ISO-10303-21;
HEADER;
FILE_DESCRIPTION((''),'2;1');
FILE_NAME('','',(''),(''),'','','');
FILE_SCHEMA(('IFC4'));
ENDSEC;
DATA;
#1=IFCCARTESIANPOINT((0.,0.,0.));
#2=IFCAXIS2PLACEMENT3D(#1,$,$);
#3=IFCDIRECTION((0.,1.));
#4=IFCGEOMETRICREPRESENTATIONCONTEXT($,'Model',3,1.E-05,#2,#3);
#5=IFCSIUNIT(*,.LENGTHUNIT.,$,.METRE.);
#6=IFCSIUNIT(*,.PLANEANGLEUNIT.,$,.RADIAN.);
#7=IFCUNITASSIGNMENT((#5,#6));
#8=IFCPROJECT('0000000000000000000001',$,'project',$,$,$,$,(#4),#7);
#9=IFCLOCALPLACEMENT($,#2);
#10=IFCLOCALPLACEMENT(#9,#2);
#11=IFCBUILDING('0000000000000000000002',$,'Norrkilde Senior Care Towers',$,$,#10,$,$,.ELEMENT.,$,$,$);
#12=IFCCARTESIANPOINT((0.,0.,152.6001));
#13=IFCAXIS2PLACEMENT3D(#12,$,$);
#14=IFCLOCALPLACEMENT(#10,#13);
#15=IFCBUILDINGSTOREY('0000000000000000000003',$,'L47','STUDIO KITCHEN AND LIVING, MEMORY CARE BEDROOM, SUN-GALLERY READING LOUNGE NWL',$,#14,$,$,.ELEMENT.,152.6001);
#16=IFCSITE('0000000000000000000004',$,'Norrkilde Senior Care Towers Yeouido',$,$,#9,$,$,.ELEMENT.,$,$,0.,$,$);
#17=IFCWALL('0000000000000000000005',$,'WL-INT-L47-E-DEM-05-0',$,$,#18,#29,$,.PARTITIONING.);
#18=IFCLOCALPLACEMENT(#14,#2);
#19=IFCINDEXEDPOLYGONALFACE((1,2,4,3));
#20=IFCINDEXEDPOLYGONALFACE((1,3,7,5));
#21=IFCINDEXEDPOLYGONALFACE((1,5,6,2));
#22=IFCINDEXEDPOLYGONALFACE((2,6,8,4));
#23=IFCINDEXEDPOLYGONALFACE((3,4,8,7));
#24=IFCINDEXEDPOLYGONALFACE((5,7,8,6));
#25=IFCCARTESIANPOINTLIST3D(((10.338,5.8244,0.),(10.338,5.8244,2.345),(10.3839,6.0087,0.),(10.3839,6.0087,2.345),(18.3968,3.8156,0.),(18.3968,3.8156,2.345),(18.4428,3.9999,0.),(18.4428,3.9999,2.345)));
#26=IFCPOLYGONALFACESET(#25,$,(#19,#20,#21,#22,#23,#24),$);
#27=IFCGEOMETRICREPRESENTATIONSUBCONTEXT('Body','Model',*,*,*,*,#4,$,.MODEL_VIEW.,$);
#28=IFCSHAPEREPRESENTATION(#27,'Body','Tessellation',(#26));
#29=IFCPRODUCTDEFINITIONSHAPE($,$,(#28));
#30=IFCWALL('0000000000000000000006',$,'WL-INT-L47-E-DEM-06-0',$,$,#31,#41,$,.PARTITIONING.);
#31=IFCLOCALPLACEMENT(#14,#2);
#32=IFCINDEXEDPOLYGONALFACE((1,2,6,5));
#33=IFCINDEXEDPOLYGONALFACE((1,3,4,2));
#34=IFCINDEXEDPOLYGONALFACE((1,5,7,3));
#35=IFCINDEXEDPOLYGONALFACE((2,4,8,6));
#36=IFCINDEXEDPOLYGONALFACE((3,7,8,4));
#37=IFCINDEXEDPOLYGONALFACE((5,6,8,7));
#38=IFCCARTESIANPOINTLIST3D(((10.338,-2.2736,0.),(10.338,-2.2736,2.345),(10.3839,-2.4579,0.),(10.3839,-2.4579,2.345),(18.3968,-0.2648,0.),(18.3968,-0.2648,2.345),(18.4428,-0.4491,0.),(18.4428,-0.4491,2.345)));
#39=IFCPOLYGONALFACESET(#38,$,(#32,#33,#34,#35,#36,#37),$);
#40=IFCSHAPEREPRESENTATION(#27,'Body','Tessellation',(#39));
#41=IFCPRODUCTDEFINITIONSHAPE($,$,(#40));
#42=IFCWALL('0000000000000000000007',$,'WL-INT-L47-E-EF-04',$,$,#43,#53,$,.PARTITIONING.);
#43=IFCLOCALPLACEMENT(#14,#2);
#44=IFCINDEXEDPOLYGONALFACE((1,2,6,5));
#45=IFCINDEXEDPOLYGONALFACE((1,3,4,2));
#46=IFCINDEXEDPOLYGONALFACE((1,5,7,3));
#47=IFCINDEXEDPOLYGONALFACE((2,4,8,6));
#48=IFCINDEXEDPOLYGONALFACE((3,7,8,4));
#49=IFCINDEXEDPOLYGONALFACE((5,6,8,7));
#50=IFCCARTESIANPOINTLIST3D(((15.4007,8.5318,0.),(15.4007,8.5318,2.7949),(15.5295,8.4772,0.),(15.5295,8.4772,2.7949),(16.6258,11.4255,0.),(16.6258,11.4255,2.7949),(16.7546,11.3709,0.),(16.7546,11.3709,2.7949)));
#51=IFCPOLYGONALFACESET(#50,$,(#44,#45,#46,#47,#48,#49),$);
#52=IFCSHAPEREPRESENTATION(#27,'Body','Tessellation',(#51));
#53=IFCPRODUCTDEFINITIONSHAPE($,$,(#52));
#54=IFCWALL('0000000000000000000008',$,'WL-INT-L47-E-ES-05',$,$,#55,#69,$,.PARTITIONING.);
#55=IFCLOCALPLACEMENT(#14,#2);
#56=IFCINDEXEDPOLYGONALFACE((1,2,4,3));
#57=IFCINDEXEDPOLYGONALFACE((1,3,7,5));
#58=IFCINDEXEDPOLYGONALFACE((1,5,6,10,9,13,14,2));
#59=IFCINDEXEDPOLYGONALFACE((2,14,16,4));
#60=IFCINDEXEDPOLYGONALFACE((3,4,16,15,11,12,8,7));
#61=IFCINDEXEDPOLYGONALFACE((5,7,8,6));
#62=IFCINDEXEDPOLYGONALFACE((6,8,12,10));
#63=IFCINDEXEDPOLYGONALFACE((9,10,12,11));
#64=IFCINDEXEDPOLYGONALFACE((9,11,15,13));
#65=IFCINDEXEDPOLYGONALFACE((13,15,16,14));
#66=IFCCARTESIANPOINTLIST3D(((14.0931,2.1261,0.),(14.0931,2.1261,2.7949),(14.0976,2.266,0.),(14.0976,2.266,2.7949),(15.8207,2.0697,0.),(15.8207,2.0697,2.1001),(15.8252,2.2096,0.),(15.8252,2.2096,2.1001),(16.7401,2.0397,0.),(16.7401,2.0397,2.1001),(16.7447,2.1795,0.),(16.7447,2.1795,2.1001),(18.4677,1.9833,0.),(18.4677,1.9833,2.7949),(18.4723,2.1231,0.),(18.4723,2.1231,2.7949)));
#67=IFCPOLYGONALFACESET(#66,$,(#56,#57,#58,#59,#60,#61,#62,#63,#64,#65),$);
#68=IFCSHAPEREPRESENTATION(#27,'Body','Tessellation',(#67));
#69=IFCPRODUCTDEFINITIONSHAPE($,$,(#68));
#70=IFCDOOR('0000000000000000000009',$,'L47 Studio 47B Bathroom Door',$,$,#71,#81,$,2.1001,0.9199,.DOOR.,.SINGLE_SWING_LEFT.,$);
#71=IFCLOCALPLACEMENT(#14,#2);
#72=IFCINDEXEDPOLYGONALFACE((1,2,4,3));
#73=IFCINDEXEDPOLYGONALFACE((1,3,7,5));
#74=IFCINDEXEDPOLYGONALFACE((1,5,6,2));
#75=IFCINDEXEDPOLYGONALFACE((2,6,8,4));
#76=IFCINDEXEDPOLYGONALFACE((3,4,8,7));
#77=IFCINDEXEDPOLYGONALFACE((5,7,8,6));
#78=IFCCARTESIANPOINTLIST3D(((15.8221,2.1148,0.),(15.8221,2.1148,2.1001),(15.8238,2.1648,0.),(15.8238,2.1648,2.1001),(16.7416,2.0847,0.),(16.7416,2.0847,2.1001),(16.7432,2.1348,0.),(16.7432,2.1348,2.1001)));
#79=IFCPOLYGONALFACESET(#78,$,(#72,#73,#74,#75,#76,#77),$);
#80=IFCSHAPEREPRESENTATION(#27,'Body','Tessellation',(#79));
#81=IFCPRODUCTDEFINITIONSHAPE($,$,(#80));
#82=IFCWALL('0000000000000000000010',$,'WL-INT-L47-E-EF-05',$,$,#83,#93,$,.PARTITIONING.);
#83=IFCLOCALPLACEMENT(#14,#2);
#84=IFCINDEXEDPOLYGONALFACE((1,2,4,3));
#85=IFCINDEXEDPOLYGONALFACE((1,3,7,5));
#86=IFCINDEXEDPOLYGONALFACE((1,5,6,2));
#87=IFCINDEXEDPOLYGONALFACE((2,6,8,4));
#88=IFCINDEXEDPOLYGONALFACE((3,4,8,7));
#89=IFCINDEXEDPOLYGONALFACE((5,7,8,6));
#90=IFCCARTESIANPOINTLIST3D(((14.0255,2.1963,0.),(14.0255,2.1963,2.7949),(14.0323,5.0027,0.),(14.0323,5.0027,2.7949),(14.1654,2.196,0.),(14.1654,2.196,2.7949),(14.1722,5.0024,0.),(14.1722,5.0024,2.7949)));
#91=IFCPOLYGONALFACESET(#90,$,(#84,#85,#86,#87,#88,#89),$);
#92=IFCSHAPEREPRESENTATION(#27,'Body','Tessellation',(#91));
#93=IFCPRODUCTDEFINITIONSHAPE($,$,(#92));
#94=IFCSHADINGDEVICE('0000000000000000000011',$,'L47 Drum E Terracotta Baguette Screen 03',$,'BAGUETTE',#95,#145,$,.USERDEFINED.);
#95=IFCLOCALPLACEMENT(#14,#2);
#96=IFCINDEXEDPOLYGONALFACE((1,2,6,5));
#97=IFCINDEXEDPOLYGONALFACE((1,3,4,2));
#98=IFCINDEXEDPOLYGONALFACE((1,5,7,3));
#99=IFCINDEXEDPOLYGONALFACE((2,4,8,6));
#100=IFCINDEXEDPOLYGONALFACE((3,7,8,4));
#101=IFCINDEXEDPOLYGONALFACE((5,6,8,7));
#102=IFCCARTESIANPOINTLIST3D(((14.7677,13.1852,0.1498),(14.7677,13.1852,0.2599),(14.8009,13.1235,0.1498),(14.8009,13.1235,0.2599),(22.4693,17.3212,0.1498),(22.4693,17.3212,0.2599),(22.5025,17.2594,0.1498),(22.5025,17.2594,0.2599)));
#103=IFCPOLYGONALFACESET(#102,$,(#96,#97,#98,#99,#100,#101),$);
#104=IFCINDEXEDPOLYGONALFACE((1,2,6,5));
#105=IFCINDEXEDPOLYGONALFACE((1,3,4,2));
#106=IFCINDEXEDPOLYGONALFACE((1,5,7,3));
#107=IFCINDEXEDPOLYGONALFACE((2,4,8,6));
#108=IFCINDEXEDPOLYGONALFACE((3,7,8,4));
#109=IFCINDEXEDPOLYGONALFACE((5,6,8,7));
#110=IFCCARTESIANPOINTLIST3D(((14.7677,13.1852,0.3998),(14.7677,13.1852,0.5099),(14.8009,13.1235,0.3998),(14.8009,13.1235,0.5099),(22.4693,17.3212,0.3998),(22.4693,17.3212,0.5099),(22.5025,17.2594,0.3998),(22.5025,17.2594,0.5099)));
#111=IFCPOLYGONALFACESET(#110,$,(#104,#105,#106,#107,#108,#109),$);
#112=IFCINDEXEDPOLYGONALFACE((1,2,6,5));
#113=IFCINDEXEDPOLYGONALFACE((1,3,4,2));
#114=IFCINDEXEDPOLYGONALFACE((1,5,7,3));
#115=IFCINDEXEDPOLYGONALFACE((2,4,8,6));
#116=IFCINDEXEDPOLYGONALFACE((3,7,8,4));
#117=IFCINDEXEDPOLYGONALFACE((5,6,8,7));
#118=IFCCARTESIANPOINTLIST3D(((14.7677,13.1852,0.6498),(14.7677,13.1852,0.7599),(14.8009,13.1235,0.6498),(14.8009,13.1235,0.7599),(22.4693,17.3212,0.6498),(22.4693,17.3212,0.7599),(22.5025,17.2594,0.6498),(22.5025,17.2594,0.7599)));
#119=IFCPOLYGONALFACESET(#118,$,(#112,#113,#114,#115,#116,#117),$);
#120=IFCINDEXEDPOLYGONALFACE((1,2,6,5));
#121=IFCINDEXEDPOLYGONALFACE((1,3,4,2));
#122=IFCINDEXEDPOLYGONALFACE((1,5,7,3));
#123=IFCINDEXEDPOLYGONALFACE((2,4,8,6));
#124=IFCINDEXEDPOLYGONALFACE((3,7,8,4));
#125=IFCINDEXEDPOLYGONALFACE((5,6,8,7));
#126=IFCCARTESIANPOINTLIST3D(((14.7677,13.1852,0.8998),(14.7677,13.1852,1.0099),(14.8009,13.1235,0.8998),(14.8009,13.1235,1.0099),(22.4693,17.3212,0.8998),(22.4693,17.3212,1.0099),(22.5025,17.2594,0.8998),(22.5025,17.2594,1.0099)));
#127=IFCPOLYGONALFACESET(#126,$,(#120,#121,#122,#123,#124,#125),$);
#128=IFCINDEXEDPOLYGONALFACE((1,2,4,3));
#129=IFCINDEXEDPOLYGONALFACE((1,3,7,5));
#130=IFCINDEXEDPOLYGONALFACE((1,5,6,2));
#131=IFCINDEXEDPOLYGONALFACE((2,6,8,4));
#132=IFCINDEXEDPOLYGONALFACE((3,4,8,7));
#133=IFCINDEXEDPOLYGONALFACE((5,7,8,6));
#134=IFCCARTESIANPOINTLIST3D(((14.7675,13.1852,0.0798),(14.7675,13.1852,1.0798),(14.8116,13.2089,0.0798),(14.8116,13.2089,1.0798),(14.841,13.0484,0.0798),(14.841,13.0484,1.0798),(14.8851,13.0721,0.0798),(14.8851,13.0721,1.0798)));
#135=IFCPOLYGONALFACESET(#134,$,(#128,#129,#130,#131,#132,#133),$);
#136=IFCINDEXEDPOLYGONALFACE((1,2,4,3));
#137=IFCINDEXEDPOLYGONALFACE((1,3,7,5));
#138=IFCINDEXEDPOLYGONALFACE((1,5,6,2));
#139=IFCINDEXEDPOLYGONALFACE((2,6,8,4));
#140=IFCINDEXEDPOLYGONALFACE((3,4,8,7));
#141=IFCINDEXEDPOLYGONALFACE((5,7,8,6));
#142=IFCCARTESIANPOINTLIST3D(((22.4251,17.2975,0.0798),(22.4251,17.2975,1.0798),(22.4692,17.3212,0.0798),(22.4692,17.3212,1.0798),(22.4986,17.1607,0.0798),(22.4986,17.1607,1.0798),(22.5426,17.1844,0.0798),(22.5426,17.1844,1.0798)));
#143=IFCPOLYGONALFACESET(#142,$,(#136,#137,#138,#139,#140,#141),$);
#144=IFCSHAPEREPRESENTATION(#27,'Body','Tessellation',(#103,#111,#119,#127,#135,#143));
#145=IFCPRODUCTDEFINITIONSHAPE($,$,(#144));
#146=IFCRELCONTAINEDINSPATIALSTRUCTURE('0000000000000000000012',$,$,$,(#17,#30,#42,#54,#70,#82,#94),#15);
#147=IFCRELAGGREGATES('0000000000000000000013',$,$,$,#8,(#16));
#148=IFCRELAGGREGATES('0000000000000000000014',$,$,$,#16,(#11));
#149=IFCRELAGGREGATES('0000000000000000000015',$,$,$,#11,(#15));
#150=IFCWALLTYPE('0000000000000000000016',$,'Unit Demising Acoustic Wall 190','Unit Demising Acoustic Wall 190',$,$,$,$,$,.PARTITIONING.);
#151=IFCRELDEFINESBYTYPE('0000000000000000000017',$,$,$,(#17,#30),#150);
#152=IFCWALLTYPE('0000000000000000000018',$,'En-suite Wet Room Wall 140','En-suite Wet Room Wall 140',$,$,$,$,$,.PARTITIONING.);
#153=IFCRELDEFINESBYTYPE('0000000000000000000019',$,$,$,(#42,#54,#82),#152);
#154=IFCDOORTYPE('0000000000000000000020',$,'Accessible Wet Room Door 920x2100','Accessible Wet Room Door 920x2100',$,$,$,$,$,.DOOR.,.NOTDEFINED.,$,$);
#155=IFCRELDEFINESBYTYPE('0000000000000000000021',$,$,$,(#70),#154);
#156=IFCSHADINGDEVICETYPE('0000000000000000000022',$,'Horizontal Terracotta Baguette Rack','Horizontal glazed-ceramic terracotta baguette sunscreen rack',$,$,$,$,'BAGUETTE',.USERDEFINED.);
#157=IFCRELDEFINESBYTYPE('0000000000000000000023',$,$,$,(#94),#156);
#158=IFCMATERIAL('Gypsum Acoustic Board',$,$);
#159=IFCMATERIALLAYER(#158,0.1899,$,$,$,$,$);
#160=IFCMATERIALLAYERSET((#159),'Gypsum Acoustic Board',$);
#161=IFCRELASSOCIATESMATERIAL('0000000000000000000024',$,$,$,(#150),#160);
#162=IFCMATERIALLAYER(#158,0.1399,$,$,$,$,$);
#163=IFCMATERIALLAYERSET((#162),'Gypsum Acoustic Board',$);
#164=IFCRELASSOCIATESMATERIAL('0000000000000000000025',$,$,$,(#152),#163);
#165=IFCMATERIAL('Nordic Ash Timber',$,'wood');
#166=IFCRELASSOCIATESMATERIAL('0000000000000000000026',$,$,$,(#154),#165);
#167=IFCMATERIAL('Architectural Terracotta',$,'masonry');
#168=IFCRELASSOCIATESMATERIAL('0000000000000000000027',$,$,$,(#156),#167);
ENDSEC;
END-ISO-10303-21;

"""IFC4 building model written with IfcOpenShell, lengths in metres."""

from ifc_helpers import new_model, si_unit, direction, frame, frame_2d, origin, origin_2d, place, context, subcontext, project, spatial, rectangle, extrude, source, transform, mapped, material, layer, layer_set, type_object, type_shapes, element, fill, save


model = new_model("IFC4")

# Units and contexts
model_context = context("Model", 3, precision=1e-05, world=origin(), true_north=direction((0.0, 1.0)))
body_context = subcontext(model_context, "Body", "Model", "MODEL_VIEW")
ifc_project = project(units=[si_unit("LENGTHUNIT", "METRE"), si_unit("PLANEANGLEUNIT", "RADIAN")], contexts=[model_context])

# Site, building, storey
site_placement = place(None, origin())
site = spatial("IfcSite", under=ifc_project, at=site_placement, Name="Norrkilde Senior Care Towers Yeouido", CompositionType="ELEMENT", RefElevation=0.0)
building_placement = place(site_placement, origin())
building = spatial("IfcBuilding", under=site, at=building_placement, Name="Norrkilde Senior Care Towers", CompositionType="ELEMENT")
storey_placement = place(building_placement, frame((0.0, 0.0, 152.6001)))
storey = spatial("IfcBuildingStorey", under=building, at=storey_placement, Name="L47", Description="STUDIO KITCHEN AND LIVING, MEMORY CARE BEDROOM, SUN-GALLERY READING LOUNGE NWL", CompositionType="ELEMENT", Elevation=152.6001)

# Walls
ifc_material_1 = material(Name="Gypsum Acoustic Board")
ifc_layer_1 = layer(ifc_material_1, 0.1899)
ifc_layer_set_1 = layer_set([ifc_layer_1], Name="Gypsum Acoustic Board")
wall_type_1 = type_object("IfcWallType", Name="Unit Demising Acoustic Wall 190", Description="Unit Demising Acoustic Wall 190", PredefinedType="PARTITIONING", material=ifc_layer_set_1)
shared_shape_1 = source(origin(), body_context, "Body", "SweptSolid", [
    extrude(rectangle(XDim=8.3054, YDim=0.1899, at=frame_2d((4.1528, 0.0))), origin(), (0.0, 0.0, 1.0), 2.345),
])
type_shapes(wall_type_1, [shared_shape_1])
for number, where, z_axis, x_axis, name in (
    (1, (18.4199, 3.9077, 0.0), (0.0, 0.0, 1.0), (-0.97031, 0.241865, 0.0), "WL-INT-L47-E-DEM-05-0"),
    (2, (18.4199, -0.3569, 0.0), (0.0, 0.0, 1.0), (-0.97031, -0.241865, 0.0), "WL-INT-L47-E-DEM-06-0"),
):
    element("IfcWall", number, at=place(storey_placement, frame(where, z_axis=z_axis, x_axis=x_axis)), inside=storey, type_object=wall_type_1, Name=name, PredefinedType="PARTITIONING", context=body_context, shape_type="MappedRepresentation", body=[
        mapped(shared_shape_1, transform((0.0, 0.0, 0.0), x_axis=(1.0, 0.0, 0.0), y_axis=(0.0, 1.0, 0.0), z_axis=(0.0, 0.0, 1.0), scale=1.0)),
    ])
ifc_layer_2 = layer(ifc_material_1, 0.1399)
ifc_layer_set_2 = layer_set([ifc_layer_2], Name="Gypsum Acoustic Board")
wall_type_2 = type_object("IfcWallType", Name="En-suite Wet Room Wall 140", Description="En-suite Wet Room Wall 140", PredefinedType="PARTITIONING", material=ifc_layer_set_2)
shared_shape_2 = source(origin(), body_context, "Body", "SweptSolid", [
    extrude(rectangle(XDim=3.1423, YDim=0.1399, at=frame_2d((1.5713, 0.0))), origin(), (0.0, 0.0, 1.0), 2.7949),
])
wall_1_placement = place(storey_placement, frame((15.4651, 8.5044, 0.0), z_axis=(0.0, 0.0, 1.0), x_axis=(0.389855, 0.920876, 0.0)))
element("IfcWall", 3, at=wall_1_placement, inside=storey, type_object=wall_type_2, Name="WL-INT-L47-E-EF-04", PredefinedType="PARTITIONING", context=body_context, shape_type="MappedRepresentation", body=[
    mapped(shared_shape_2, transform((0.0, 0.0, 0.0), x_axis=(1.0, 0.0, 0.0), y_axis=(0.0, 1.0, 0.0), z_axis=(0.0, 0.0, 1.0), scale=1.0)),
])

# Wall, opening, door
shared_shape_3 = source(origin(), body_context, "Body", "SweptSolid", [
    extrude(rectangle(XDim=4.377, YDim=0.1399, at=frame_2d((2.1885, 0.0))), origin(), (0.0, 0.0, 1.0), 2.7949),
])
wall_2_placement = place(storey_placement, frame((18.47, 2.0532, 0.0), z_axis=(0.0, 0.0, 1.0), x_axis=(-0.999467, 0.032631, 0.0)))
wall_2 = element("IfcWall", 4, at=wall_2_placement, inside=storey, type_object=wall_type_2, Name="WL-INT-L47-E-ES-05", PredefinedType="PARTITIONING", context=body_context, shape_type="MappedRepresentation", body=[
    mapped(shared_shape_3, transform((0.0, 0.0, 0.0), x_axis=(1.0, 0.0, 0.0), y_axis=(0.0, 1.0, 0.0), z_axis=(0.0, 0.0, 1.0), scale=1.0)),
])
opening_placement = place(wall_2_placement, frame((1.7285, 0.0, 0.0)))
opening = element("IfcOpeningElement", 5, at=opening_placement, cuts=wall_2, PredefinedType="OPENING", context=body_context, shape_type="SweptSolid", body=[
    extrude(rectangle(XDim=0.9199, YDim=2.1001, at=frame_2d((0.46, 1.05))), frame((0.0, 0.0798, 0.0), z_axis=(0.0, -1.0, 0.0), x_axis=(1.0, 0.0, 0.0)), (0.0, 0.0, 1.0), 0.1599),
])
ifc_material_2 = material(Name="Nordic Ash Timber", Category="wood")
door_type = type_object("IfcDoorType", Name="Accessible Wet Room Door 920x2100", Description="Accessible Wet Room Door 920x2100", OperationType="NOTDEFINED", PredefinedType="DOOR", material=ifc_material_2)
shared_shape_4 = source(origin(), body_context, "Body", "SweptSolid", [
    extrude(rectangle(XDim=0.9199, YDim=2.1001, at=frame_2d((0.46, 1.05))), frame((0.0, 0.0249, 0.0), z_axis=(0.0, -1.0, 0.0), x_axis=(1.0, 0.0, 0.0)), (0.0, 0.0, 1.0), 0.05),
])
type_shapes(door_type, [shared_shape_4])
door_placement = place(opening_placement, origin())
door = element("IfcDoor", 6, at=door_placement, inside=storey, type_object=door_type, Name="L47 Studio 47B Bathroom Door", OperationType="SINGLE_SWING_LEFT", OverallHeight=2.1001, OverallWidth=0.9199, PredefinedType="DOOR", context=body_context, shape_type="MappedRepresentation", body=[
    mapped(shared_shape_4, transform((0.0, 0.0, 0.0), x_axis=(1.0, 0.0, 0.0), y_axis=(0.0, 1.0, 0.0), z_axis=(0.0, 0.0, 1.0), scale=1.0)),
])
fill(opening, door)

# Wall
shared_shape_5 = source(origin(), body_context, "Body", "SweptSolid", [
    extrude(rectangle(XDim=2.8064, YDim=0.1399, at=frame_2d((1.4033, 0.0))), origin(), (0.0, 0.0, 1.0), 2.7949),
])
type_shapes(wall_type_2, [shared_shape_2, shared_shape_3, shared_shape_5])
wall_3_placement = place(storey_placement, frame((14.0955, 2.196, 0.0), z_axis=(0.0, 0.0, 1.0), x_axis=(0.002436, 0.999997, 0.0)))
element("IfcWall", 7, at=wall_3_placement, inside=storey, type_object=wall_type_2, Name="WL-INT-L47-E-EF-05", PredefinedType="PARTITIONING", context=body_context, shape_type="MappedRepresentation", body=[
    mapped(shared_shape_5, transform((0.0, 0.0, 0.0), x_axis=(1.0, 0.0, 0.0), y_axis=(0.0, 1.0, 0.0), z_axis=(0.0, 0.0, 1.0), scale=1.0)),
])

# Shading device
ifc_material_3 = material(Name="Architectural Terracotta", Category="masonry")
shading_device_type = type_object("IfcShadingDeviceType", Name="Horizontal Terracotta Baguette Rack", Description="Horizontal glazed-ceramic terracotta baguette sunscreen rack", ElementType="BAGUETTE", PredefinedType="USERDEFINED", material=ifc_material_3)
shared_shape_6 = source(origin(), body_context, "Body", "SweptSolid", [
    extrude(rectangle(XDim=0.0701, YDim=0.1101, at=origin_2d()), frame((0.0, 0.0901, 0.125), z_axis=(1.0, 0.0, 0.0), x_axis=(0.0, 1.0, 0.0)), (0.0, 0.0, 1.0), 8.7419),
    extrude(rectangle(XDim=0.0701, YDim=0.1101, at=origin_2d()), frame((0.0, 0.0901, 0.375), z_axis=(1.0, 0.0, 0.0), x_axis=(0.0, 1.0, 0.0)), (0.0, 0.0, 1.0), 8.7419),
    extrude(rectangle(XDim=0.0701, YDim=0.1101, at=origin_2d()), frame((0.0, 0.0901, 0.625), z_axis=(1.0, 0.0, 0.0), x_axis=(0.0, 1.0, 0.0)), (0.0, 0.0, 1.0), 8.7419),
    extrude(rectangle(XDim=0.0701, YDim=0.1101, at=origin_2d()), frame((0.0, 0.0901, 0.875), z_axis=(1.0, 0.0, 0.0), x_axis=(0.0, 1.0, 0.0)), (0.0, 0.0, 1.0), 8.7419),
    extrude(rectangle(XDim=0.05, YDim=0.1553, at=origin_2d()), frame((0.0249, 0.0476, 0.0)), (0.0, 0.0, 1.0), 1.0),
    extrude(rectangle(XDim=0.05, YDim=0.1553, at=origin_2d()), frame((8.7168, 0.0476, 0.0)), (0.0, 0.0, 1.0), 1.0),
])
type_shapes(shading_device_type, [shared_shape_6])
shading_device_placement = place(storey_placement, frame((14.8269, 13.075, 0.0798), z_axis=(0.0, 0.0, 1.0), x_axis=(0.881001, 0.47312, 0.0)))
element("IfcShadingDevice", 8, at=shading_device_placement, inside=storey, type_object=shading_device_type, Name="L47 Drum E Terracotta Baguette Screen 03", ObjectType="BAGUETTE", PredefinedType="USERDEFINED", context=body_context, shape_type="MappedRepresentation", body=[
    mapped(shared_shape_6, transform((0.0, 0.0, 0.0), x_axis=(1.0, 0.0, 0.0), y_axis=(0.0, 1.0, 0.0), z_axis=(0.0, 0.0, 1.0), scale=1.0)),
])

save(model, "model.ifc")
